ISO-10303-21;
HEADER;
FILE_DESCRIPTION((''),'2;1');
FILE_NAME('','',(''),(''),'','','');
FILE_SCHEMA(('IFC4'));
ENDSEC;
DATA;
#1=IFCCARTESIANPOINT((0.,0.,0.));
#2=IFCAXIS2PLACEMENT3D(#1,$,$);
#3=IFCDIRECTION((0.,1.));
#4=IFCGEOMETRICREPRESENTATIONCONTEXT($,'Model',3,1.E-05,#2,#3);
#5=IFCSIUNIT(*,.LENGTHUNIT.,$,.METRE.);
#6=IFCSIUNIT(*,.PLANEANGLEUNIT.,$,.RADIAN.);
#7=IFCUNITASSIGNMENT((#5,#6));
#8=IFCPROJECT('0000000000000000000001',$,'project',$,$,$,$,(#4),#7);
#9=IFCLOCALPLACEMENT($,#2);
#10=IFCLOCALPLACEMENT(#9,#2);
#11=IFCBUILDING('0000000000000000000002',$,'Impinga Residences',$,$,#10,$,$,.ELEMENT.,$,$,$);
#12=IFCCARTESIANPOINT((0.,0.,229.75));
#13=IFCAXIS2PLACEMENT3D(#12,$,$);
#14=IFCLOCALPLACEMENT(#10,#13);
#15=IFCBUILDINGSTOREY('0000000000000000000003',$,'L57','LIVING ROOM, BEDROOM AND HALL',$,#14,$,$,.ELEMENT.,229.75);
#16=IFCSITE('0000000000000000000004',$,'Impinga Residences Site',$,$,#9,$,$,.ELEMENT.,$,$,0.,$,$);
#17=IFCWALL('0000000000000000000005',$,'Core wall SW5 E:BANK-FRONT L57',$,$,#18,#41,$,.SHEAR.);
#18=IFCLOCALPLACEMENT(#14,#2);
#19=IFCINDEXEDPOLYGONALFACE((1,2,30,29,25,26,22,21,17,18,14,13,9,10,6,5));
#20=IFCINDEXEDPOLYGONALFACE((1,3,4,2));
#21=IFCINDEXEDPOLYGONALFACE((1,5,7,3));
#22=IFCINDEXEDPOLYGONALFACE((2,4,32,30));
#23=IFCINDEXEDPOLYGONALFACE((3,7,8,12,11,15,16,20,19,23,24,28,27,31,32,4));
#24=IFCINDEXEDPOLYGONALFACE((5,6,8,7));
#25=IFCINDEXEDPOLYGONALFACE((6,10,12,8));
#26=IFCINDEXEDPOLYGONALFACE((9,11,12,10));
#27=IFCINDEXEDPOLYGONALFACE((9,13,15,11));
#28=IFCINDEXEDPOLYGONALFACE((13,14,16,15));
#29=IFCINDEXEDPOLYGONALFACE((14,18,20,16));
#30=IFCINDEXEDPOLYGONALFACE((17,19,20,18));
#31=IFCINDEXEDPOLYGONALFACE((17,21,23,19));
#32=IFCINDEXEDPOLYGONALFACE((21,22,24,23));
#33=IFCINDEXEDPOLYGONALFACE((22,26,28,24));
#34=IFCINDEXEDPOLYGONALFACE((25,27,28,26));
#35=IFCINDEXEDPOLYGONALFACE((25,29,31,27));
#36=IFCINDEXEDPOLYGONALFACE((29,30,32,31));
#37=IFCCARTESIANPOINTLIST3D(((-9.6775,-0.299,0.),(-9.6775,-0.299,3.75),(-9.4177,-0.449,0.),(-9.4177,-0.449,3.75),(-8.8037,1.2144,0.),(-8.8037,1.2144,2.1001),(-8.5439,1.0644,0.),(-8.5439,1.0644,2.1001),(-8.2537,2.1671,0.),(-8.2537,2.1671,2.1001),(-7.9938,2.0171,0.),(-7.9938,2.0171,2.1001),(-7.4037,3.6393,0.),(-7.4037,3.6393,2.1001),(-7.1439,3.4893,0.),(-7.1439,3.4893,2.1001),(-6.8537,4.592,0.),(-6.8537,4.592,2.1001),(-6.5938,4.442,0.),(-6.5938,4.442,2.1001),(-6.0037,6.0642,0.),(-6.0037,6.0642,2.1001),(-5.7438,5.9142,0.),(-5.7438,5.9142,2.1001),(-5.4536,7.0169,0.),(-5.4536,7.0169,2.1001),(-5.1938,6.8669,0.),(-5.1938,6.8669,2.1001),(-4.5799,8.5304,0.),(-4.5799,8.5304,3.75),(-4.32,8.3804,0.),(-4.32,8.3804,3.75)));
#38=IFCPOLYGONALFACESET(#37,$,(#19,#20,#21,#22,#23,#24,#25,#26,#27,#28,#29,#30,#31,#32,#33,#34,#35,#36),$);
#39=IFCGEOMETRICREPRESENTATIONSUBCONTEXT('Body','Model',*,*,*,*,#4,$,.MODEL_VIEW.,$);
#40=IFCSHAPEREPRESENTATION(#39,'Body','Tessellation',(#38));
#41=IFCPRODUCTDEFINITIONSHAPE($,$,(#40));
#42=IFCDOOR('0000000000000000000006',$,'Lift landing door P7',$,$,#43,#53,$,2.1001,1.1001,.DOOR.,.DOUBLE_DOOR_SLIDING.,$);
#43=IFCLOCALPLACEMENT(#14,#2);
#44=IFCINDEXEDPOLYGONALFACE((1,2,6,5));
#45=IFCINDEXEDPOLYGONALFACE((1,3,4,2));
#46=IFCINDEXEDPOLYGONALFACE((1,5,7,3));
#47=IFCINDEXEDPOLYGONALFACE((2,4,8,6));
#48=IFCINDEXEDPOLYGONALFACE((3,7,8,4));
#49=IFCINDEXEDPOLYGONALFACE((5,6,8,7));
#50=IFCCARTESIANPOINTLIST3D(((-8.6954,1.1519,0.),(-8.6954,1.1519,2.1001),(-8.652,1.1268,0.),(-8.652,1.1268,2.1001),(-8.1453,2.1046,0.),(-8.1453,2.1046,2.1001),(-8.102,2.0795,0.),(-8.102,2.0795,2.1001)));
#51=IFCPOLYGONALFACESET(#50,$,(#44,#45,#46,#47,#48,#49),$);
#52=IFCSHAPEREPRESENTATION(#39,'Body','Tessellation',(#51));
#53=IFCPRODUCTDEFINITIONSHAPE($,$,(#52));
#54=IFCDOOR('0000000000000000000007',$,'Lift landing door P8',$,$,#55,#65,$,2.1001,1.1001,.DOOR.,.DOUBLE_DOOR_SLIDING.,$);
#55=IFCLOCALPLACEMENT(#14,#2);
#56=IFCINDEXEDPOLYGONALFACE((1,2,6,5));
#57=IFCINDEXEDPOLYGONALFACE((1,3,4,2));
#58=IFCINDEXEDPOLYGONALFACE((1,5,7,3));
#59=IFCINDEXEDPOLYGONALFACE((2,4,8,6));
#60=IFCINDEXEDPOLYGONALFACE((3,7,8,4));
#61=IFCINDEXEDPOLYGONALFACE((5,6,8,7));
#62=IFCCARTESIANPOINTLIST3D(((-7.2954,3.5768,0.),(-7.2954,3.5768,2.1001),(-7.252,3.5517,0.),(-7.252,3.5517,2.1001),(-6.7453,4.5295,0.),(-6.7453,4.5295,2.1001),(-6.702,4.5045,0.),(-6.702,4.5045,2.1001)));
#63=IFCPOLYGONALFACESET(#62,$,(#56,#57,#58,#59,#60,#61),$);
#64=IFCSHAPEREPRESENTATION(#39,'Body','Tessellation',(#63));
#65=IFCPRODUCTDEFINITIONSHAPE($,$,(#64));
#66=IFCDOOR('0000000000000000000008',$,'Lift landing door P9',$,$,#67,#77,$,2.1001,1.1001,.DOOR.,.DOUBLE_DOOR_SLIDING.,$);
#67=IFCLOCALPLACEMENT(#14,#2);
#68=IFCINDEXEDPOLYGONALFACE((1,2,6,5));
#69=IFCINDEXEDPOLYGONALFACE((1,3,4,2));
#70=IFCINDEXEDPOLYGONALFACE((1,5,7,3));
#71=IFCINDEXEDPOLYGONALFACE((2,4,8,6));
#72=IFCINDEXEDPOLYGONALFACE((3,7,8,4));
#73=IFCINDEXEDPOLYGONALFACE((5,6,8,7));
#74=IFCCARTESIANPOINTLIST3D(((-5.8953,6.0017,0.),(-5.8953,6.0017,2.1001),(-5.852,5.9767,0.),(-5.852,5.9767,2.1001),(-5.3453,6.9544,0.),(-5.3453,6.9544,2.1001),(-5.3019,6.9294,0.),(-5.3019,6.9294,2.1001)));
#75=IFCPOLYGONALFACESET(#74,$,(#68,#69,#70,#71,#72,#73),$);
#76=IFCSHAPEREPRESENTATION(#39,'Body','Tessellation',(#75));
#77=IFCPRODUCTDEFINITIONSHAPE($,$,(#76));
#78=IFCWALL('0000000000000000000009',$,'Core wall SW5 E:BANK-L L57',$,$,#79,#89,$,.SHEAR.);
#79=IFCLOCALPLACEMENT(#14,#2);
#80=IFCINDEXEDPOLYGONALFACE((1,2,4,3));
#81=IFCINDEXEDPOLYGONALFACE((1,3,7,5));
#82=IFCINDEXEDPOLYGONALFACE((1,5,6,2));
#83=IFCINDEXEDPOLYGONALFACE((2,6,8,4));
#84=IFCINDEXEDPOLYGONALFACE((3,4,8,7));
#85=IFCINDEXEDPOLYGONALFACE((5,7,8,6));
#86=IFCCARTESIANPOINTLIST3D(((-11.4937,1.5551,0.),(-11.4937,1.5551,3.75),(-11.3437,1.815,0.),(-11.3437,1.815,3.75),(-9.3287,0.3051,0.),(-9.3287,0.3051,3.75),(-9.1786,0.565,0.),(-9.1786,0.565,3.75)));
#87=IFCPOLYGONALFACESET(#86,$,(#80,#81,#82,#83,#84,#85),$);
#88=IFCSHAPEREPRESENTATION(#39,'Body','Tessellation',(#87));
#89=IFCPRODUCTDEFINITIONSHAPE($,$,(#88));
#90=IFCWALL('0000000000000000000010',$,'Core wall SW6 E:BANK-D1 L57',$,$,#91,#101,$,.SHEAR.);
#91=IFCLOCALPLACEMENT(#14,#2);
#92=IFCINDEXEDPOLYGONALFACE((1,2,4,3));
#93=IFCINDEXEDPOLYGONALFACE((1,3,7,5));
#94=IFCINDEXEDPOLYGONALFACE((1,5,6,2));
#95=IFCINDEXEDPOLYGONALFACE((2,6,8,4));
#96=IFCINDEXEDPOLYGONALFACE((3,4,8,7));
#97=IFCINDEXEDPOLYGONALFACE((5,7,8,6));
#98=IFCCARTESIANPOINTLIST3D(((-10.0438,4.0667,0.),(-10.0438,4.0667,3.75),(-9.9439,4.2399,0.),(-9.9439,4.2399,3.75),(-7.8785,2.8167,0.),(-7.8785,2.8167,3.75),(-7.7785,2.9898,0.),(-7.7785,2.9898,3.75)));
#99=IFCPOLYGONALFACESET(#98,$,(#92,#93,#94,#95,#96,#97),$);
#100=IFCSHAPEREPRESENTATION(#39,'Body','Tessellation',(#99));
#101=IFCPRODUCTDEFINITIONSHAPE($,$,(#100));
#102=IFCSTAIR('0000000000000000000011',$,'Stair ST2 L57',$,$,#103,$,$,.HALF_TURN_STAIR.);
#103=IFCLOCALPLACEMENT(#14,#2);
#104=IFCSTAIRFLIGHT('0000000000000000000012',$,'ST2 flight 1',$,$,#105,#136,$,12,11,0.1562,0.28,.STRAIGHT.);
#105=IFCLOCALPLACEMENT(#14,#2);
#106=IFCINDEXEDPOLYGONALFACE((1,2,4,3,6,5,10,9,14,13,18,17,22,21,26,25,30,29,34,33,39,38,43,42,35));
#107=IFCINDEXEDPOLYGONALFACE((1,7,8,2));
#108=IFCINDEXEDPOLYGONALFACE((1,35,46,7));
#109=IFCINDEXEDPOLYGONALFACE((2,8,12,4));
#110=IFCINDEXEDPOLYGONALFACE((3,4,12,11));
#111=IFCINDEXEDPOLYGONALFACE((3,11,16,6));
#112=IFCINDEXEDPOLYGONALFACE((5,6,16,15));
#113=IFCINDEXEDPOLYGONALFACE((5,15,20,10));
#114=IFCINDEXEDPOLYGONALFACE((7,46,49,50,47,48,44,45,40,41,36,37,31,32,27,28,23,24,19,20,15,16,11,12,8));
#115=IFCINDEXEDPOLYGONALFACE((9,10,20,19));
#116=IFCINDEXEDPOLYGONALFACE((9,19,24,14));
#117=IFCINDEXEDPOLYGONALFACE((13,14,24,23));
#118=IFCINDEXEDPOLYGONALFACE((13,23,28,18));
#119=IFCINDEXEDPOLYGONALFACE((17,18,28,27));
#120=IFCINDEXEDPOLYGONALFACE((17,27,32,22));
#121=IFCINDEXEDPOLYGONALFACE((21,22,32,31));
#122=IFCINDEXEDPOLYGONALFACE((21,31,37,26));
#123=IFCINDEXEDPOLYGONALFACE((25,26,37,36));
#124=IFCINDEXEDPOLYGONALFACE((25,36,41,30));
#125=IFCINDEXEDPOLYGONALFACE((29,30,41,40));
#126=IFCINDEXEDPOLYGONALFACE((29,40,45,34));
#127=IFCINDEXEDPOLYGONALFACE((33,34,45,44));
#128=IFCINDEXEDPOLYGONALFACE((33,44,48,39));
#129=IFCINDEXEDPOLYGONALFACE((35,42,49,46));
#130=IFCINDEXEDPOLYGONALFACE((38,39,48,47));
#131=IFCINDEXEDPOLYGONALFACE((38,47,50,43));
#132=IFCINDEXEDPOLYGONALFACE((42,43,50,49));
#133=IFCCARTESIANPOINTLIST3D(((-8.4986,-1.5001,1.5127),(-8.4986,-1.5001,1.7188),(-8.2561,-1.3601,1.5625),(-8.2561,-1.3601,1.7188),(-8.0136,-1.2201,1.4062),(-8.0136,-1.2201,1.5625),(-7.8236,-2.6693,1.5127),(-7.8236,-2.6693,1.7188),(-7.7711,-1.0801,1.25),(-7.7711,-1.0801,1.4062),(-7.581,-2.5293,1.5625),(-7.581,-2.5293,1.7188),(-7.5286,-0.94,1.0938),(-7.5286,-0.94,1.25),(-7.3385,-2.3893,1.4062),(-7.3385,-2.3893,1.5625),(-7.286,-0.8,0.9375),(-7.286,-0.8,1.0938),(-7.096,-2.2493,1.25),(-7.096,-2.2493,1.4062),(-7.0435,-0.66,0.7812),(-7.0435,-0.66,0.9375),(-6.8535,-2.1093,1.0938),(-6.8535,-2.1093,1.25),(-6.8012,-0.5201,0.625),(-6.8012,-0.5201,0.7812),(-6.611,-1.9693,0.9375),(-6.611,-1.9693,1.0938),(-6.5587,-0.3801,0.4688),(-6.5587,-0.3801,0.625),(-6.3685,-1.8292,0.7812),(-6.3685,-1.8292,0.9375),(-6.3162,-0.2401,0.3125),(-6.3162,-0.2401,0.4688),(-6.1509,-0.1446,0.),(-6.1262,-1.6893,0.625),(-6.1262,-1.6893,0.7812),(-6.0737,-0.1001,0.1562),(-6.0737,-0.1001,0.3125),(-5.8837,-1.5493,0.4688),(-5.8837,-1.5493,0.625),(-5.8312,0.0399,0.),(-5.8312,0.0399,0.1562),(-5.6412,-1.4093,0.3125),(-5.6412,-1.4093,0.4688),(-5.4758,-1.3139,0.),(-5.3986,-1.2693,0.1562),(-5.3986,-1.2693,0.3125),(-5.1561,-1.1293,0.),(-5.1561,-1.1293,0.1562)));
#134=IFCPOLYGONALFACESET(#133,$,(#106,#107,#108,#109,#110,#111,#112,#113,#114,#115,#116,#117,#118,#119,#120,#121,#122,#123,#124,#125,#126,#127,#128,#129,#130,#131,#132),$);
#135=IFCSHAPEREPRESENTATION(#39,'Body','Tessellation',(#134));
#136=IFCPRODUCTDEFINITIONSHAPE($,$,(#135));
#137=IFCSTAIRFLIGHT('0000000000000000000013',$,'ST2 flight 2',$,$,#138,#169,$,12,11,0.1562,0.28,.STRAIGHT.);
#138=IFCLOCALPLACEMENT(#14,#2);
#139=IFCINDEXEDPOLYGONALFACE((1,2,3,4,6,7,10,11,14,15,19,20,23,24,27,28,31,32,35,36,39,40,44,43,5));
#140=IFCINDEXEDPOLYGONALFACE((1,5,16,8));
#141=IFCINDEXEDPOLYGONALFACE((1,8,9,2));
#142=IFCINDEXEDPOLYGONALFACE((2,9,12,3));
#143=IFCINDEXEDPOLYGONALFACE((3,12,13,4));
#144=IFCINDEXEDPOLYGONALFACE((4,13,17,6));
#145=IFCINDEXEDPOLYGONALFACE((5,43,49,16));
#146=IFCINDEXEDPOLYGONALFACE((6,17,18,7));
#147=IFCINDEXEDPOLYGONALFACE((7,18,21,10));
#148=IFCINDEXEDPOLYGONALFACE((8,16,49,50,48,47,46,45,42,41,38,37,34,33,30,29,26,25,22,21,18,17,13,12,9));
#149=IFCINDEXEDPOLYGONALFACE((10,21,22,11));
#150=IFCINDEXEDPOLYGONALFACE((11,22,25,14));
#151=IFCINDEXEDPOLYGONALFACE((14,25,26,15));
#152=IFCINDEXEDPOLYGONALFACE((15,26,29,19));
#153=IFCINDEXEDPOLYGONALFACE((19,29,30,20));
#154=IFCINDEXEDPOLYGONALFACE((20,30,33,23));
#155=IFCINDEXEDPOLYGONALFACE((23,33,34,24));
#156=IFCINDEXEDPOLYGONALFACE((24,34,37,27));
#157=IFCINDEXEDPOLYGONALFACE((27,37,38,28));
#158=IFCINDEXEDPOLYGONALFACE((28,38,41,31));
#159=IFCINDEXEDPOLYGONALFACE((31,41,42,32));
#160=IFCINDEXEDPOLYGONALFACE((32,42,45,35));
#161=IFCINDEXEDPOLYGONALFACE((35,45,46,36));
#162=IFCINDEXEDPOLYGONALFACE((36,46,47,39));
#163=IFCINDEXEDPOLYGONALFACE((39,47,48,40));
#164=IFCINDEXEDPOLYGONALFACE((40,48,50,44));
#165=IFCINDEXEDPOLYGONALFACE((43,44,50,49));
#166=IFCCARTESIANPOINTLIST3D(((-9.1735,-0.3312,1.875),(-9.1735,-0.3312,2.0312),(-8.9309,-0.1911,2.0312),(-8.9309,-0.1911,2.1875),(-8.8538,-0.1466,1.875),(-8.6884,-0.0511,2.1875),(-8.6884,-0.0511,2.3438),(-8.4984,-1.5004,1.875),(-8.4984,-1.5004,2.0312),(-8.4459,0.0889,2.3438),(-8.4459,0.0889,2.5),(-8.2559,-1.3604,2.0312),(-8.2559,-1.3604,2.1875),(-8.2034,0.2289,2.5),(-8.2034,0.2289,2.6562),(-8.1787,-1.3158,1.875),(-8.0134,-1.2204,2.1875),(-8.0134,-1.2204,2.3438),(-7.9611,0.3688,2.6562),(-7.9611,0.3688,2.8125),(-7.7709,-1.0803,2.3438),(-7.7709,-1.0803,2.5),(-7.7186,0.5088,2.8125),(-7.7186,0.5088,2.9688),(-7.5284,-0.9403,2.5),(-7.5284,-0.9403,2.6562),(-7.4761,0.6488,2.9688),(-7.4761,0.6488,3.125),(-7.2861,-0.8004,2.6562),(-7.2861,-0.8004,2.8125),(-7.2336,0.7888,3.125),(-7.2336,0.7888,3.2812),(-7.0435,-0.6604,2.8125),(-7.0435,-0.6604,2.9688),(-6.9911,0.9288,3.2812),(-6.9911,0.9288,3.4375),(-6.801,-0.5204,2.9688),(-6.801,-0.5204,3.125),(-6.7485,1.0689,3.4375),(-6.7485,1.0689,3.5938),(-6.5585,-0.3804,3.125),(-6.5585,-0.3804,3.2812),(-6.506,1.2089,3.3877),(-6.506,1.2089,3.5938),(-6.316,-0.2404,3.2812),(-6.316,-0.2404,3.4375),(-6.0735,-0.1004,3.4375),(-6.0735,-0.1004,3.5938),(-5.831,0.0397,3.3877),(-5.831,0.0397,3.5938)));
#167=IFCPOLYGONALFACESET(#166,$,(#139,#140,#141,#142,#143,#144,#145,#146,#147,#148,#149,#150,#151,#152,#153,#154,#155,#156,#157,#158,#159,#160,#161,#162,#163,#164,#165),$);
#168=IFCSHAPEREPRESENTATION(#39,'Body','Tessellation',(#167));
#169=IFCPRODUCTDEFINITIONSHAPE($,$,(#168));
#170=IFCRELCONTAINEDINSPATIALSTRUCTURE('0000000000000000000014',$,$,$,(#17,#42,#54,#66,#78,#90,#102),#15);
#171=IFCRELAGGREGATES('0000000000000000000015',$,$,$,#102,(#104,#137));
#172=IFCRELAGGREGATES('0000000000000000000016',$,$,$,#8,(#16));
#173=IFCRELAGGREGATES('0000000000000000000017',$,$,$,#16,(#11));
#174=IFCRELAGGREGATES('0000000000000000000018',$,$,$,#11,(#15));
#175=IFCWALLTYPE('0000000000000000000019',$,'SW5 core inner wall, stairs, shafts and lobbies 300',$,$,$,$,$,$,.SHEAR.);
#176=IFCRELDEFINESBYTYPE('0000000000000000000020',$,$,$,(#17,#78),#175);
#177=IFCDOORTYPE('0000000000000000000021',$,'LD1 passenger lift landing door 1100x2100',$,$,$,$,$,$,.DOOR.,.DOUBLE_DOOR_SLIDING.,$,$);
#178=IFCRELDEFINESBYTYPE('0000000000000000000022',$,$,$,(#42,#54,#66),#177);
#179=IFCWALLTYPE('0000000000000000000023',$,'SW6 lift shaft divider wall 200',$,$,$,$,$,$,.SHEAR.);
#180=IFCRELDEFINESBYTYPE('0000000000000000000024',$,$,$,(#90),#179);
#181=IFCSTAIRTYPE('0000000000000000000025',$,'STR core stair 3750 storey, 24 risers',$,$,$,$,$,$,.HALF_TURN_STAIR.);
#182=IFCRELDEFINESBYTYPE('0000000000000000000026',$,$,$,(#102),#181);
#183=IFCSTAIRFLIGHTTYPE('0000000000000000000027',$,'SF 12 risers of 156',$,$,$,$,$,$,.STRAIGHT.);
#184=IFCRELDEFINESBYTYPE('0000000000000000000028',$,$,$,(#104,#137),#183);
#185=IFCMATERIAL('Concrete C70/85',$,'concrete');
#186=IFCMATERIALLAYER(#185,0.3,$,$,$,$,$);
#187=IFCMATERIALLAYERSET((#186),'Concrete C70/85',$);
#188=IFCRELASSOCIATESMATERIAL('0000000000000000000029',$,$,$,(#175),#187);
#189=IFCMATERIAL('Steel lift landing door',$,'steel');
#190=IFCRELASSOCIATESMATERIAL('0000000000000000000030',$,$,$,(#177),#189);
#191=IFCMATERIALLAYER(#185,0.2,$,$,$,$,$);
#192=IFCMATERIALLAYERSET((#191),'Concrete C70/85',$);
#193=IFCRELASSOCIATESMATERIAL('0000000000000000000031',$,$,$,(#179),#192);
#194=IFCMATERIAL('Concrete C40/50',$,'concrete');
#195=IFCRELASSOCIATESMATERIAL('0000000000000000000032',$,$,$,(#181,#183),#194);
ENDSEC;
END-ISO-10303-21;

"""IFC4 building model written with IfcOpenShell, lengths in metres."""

from ifc_helpers import new_model, si_unit, direction, frame, frame_2d, origin, place, context, subcontext, project, spatial, polyline, rectangle, outline, extrude, material, layer, layer_set, type_object, element, fill, aggregate, save


model = new_model("IFC4")

# Units and contexts
model_context = context("Model", 3, precision=1e-05, world=origin(), true_north=direction((0.0, 1.0)))
body_context = subcontext(model_context, "Body", "Model", "MODEL_VIEW")
ifc_project = project(units=[si_unit("LENGTHUNIT", "METRE"), si_unit("PLANEANGLEUNIT", "RADIAN")], contexts=[model_context])

# Site, building, storey
site_placement = place(None, origin())
site = spatial("IfcSite", under=ifc_project, at=site_placement, Name="Impinga Residences Site", CompositionType="ELEMENT", RefElevation=0.0)
building_placement = place(site_placement, origin())
building = spatial("IfcBuilding", under=site, at=building_placement, Name="Impinga Residences", CompositionType="ELEMENT")
storey_placement = place(building_placement, frame((0.0, 0.0, 229.75)))
storey = spatial("IfcBuildingStorey", under=building, at=storey_placement, Name="L57", Description="LIVING ROOM, BEDROOM AND HALL", CompositionType="ELEMENT", Elevation=229.75)

# Shared definitions
ifc_material_1 = material(Name="Concrete C70/85", Category="concrete")
ifc_layer_1 = layer(ifc_material_1, 0.3)
ifc_layer_set_1 = layer_set([ifc_layer_1], Name="Concrete C70/85")
wall_type_1 = type_object("IfcWallType", Name="SW5 core inner wall, stairs, shafts and lobbies 300", PredefinedType="SHEAR", material=ifc_layer_set_1)

# Shared definitions
ifc_material_2 = material(Name="Steel lift landing door", Category="steel")

# Wall, openings, doors
wall_1_placement = place(storey_placement, frame((-9.5476, -0.374, 0.0), z_axis=(0.0, 0.0, 1.0), x_axis=(0.500002, 0.866024, 0.0)))
wall_1 = element("IfcWall", 1, at=wall_1_placement, inside=storey, type_object=wall_type_1, Name="Core wall SW5 E:BANK-FRONT L57", PredefinedType="SHEAR", context=body_context, shape_type="SweptSolid", body=[
    extrude(rectangle(XDim=10.1953, YDim=0.3, at=frame_2d((5.0977, 0.0))), origin(), (0.0, 0.0, 1.0), 3.75),
])
opening_1_placement = place(wall_1_placement, frame((1.7476, 0.0, 0.0)))
opening_1 = element("IfcOpeningElement", 2, at=opening_1_placement, cuts=wall_1, PredefinedType="OPENING", context=body_context, shape_type="SweptSolid", body=[
    extrude(rectangle(XDim=1.1001, YDim=2.1001, at=frame_2d((0.55, 1.05))), frame((0.0, 0.1599, 0.0), z_axis=(0.0, -1.0, 0.0), x_axis=(1.0, 0.0, 0.0)), (0.0, 0.0, 1.0), 0.3201),
])
opening_2_placement = place(wall_1_placement, frame((4.5476, 0.0, 0.0)))
opening_2 = element("IfcOpeningElement", 3, at=opening_2_placement, cuts=wall_1, PredefinedType="OPENING", context=body_context, shape_type="SweptSolid", body=[
    extrude(rectangle(XDim=1.1001, YDim=2.1001, at=frame_2d((0.55, 1.05))), frame((0.0, 0.1599, 0.0), z_axis=(0.0, -1.0, 0.0), x_axis=(1.0, 0.0, 0.0)), (0.0, 0.0, 1.0), 0.3201),
])
opening_3_placement = place(wall_1_placement, frame((7.3477, 0.0, 0.0)))
opening_3 = element("IfcOpeningElement", 4, at=opening_3_placement, cuts=wall_1, PredefinedType="OPENING", context=body_context, shape_type="SweptSolid", body=[
    extrude(rectangle(XDim=1.1001, YDim=2.1001, at=frame_2d((0.55, 1.05))), frame((0.0, 0.1599, 0.0), z_axis=(0.0, -1.0, 0.0), x_axis=(1.0, 0.0, 0.0)), (0.0, 0.0, 1.0), 0.3201),
])
door_type_1 = type_object("IfcDoorType", Name="LD1 passenger lift landing door 1100x2100", OperationType="DOUBLE_DOOR_SLIDING", PredefinedType="DOOR", material=ifc_material_2)
door_1_placement = place(opening_1_placement, origin())
door_1 = element("IfcDoor", 5, at=door_1_placement, inside=storey, type_object=door_type_1, Name="Lift landing door P7", OperationType="DOUBLE_DOOR_SLIDING", OverallHeight=2.1001, OverallWidth=1.1001, PredefinedType="DOOR", context=body_context, shape_type="SweptSolid", body=[
    extrude(rectangle(XDim=1.1001, YDim=2.1001, at=frame_2d((0.55, 1.05))), frame((0.0, 0.0249, 0.0), z_axis=(0.0, -1.0, 0.0), x_axis=(1.0, 0.0, 0.0)), (0.0, 0.0, 1.0), 0.05),
])
fill(opening_1, door_1)
door_2_placement = place(opening_2_placement, origin())
door_2 = element("IfcDoor", 6, at=door_2_placement, inside=storey, type_object=door_type_1, Name="Lift landing door P8", OperationType="DOUBLE_DOOR_SLIDING", OverallHeight=2.1001, OverallWidth=1.1001, PredefinedType="DOOR", context=body_context, shape_type="SweptSolid", body=[
    extrude(rectangle(XDim=1.1001, YDim=2.1001, at=frame_2d((0.55, 1.05))), frame((0.0, 0.0249, 0.0), z_axis=(0.0, -1.0, 0.0), x_axis=(1.0, 0.0, 0.0)), (0.0, 0.0, 1.0), 0.05),
])
fill(opening_2, door_2)
door_3_placement = place(opening_3_placement, origin())
door_3 = element("IfcDoor", 7, at=door_3_placement, inside=storey, type_object=door_type_1, Name="Lift landing door P9", OperationType="DOUBLE_DOOR_SLIDING", OverallHeight=2.1001, OverallWidth=1.1001, PredefinedType="DOOR", context=body_context, shape_type="SweptSolid", body=[
    extrude(rectangle(XDim=1.1001, YDim=2.1001, at=frame_2d((0.55, 1.05))), frame((0.0, 0.0249, 0.0), z_axis=(0.0, -1.0, 0.0), x_axis=(1.0, 0.0, 0.0)), (0.0, 0.0, 1.0), 0.05),
])
fill(opening_3, door_3)

# Walls
wall_2_placement = place(storey_placement, frame((-9.2537, 0.4351, 0.0), z_axis=(0.0, 0.0, 1.0), x_axis=(-0.866023, 0.500004, 0.0)))
element("IfcWall", 8, at=wall_2_placement, inside=storey, type_object=wall_type_1, Name="Core wall SW5 E:BANK-L L57", PredefinedType="SHEAR", context=body_context, shape_type="SweptSolid", body=[
    extrude(rectangle(XDim=2.5, YDim=0.3, at=frame_2d((1.25, 0.0))), origin(), (0.0, 0.0, 1.0), 3.75),
])
ifc_layer_2 = layer(ifc_material_1, 0.2)
ifc_layer_set_2 = layer_set([ifc_layer_2], Name="Concrete C70/85")
wall_type_2 = type_object("IfcWallType", Name="SW6 lift shaft divider wall 200", PredefinedType="SHEAR", material=ifc_layer_set_2)
wall_3_placement = place(storey_placement, frame((-7.8286, 2.9033, 0.0), z_axis=(0.0, 0.0, 1.0), x_axis=(-0.866047, 0.499962, 0.0)))
element("IfcWall", 9, at=wall_3_placement, inside=storey, type_object=wall_type_2, Name="Core wall SW6 E:BANK-D1 L57", PredefinedType="SHEAR", context=body_context, shape_type="SweptSolid", body=[
    extrude(rectangle(XDim=2.5002, YDim=0.2, at=frame_2d((1.25, 0.0))), origin(), (0.0, 0.0, 1.0), 3.75),
])

# Stair, stair flights
ifc_material_3 = material(Name="Concrete C40/50", Category="concrete")
stair_type = type_object("IfcStairType", Name="STR core stair 3750 storey, 24 risers", PredefinedType="HALF_TURN_STAIR", material=ifc_material_3)
stair_placement = place(storey_placement, origin())
stair = element("IfcStair", 10, at=stair_placement, inside=storey, type_object=stair_type, Name="Stair ST2 L57", PredefinedType="HALF_TURN_STAIR")
stair_flight_type = type_object("IfcStairFlightType", Name="SF 12 risers of 156", PredefinedType="STRAIGHT", material=ifc_material_3)
stair_flight_1_placement = place(storey_placement, frame((-5.4937, -0.5447, 0.0), z_axis=(0.0, 0.0, 1.0), x_axis=(-0.866025, -0.5, 0.0)))
stair_flight_1 = element("IfcStairFlight", 11, at=stair_flight_1_placement, type_object=stair_flight_type, Name="ST2 flight 1", NumberOfRisers=12, NumberOfTreads=11, PredefinedType="STRAIGHT", RiserHeight=0.1562, TreadLength=0.28, context=body_context, shape_type="SweptSolid", body=[
    extrude(outline(polyline([(0.0, 0.0), (0.0, 0.1562), (0.28, 0.1562), (0.28, 0.3125), (0.5601, 0.3125), (0.5601, 0.4688), (0.8401, 0.4688), (0.8401, 0.625), (1.1201, 0.625), (1.1201, 0.7812), (1.3999, 0.7812), (1.3999, 0.9375), (1.6799, 0.9375), (1.6799, 1.0938), (1.96, 1.0938), (1.96, 1.25), (2.24, 1.25), (2.24, 1.4062), (2.52, 1.4062), (2.52, 1.5625), (2.8, 1.5625), (2.8, 1.7188), (3.0801, 1.7188), (3.0801, 1.875), (3.0801, 1.5127), (0.3691, 0.0), (0.0, 0.0)])), frame((0.0, 0.675, 0.0), z_axis=(0.0, -1.0, 0.0), x_axis=(1.0, 0.0, 0.0)), (0.0, 0.0, 1.0), 1.3501),
])
stair_flight_2_placement = place(storey_placement, frame((-8.8359, -0.9158, 1.875), z_axis=(0.0, 0.0, 1.0), x_axis=(0.866025, 0.5, 0.0)))
stair_flight_2 = element("IfcStairFlight", 12, at=stair_flight_2_placement, type_object=stair_flight_type, Name="ST2 flight 2", NumberOfRisers=12, NumberOfTreads=11, PredefinedType="STRAIGHT", RiserHeight=0.1562, TreadLength=0.28, context=body_context, shape_type="SweptSolid", body=[
    extrude(outline(polyline([(0.0, 0.0), (0.0, 0.1562), (0.28, 0.1562), (0.28, 0.3125), (0.5601, 0.3125), (0.5601, 0.4688), (0.8401, 0.4688), (0.8401, 0.625), (1.1201, 0.625), (1.1201, 0.7812), (1.3999, 0.7812), (1.3999, 0.9375), (1.6799, 0.9375), (1.6799, 1.0938), (1.96, 1.0938), (1.96, 1.25), (2.24, 1.25), (2.24, 1.4062), (2.52, 1.4062), (2.52, 1.5625), (2.8, 1.5625), (2.8, 1.7188), (3.0801, 1.7188), (3.0801, 1.875), (3.0801, 1.5127), (0.3691, 0.0), (0.0, 0.0)])), frame((0.0, 0.675, 0.0), z_axis=(0.0, -1.0, 0.0), x_axis=(1.0, 0.0, 0.0)), (0.0, 0.0, 1.0), 1.3501),
])
aggregate(stair, [stair_flight_1, stair_flight_2])

save(model, "model.ifc")
